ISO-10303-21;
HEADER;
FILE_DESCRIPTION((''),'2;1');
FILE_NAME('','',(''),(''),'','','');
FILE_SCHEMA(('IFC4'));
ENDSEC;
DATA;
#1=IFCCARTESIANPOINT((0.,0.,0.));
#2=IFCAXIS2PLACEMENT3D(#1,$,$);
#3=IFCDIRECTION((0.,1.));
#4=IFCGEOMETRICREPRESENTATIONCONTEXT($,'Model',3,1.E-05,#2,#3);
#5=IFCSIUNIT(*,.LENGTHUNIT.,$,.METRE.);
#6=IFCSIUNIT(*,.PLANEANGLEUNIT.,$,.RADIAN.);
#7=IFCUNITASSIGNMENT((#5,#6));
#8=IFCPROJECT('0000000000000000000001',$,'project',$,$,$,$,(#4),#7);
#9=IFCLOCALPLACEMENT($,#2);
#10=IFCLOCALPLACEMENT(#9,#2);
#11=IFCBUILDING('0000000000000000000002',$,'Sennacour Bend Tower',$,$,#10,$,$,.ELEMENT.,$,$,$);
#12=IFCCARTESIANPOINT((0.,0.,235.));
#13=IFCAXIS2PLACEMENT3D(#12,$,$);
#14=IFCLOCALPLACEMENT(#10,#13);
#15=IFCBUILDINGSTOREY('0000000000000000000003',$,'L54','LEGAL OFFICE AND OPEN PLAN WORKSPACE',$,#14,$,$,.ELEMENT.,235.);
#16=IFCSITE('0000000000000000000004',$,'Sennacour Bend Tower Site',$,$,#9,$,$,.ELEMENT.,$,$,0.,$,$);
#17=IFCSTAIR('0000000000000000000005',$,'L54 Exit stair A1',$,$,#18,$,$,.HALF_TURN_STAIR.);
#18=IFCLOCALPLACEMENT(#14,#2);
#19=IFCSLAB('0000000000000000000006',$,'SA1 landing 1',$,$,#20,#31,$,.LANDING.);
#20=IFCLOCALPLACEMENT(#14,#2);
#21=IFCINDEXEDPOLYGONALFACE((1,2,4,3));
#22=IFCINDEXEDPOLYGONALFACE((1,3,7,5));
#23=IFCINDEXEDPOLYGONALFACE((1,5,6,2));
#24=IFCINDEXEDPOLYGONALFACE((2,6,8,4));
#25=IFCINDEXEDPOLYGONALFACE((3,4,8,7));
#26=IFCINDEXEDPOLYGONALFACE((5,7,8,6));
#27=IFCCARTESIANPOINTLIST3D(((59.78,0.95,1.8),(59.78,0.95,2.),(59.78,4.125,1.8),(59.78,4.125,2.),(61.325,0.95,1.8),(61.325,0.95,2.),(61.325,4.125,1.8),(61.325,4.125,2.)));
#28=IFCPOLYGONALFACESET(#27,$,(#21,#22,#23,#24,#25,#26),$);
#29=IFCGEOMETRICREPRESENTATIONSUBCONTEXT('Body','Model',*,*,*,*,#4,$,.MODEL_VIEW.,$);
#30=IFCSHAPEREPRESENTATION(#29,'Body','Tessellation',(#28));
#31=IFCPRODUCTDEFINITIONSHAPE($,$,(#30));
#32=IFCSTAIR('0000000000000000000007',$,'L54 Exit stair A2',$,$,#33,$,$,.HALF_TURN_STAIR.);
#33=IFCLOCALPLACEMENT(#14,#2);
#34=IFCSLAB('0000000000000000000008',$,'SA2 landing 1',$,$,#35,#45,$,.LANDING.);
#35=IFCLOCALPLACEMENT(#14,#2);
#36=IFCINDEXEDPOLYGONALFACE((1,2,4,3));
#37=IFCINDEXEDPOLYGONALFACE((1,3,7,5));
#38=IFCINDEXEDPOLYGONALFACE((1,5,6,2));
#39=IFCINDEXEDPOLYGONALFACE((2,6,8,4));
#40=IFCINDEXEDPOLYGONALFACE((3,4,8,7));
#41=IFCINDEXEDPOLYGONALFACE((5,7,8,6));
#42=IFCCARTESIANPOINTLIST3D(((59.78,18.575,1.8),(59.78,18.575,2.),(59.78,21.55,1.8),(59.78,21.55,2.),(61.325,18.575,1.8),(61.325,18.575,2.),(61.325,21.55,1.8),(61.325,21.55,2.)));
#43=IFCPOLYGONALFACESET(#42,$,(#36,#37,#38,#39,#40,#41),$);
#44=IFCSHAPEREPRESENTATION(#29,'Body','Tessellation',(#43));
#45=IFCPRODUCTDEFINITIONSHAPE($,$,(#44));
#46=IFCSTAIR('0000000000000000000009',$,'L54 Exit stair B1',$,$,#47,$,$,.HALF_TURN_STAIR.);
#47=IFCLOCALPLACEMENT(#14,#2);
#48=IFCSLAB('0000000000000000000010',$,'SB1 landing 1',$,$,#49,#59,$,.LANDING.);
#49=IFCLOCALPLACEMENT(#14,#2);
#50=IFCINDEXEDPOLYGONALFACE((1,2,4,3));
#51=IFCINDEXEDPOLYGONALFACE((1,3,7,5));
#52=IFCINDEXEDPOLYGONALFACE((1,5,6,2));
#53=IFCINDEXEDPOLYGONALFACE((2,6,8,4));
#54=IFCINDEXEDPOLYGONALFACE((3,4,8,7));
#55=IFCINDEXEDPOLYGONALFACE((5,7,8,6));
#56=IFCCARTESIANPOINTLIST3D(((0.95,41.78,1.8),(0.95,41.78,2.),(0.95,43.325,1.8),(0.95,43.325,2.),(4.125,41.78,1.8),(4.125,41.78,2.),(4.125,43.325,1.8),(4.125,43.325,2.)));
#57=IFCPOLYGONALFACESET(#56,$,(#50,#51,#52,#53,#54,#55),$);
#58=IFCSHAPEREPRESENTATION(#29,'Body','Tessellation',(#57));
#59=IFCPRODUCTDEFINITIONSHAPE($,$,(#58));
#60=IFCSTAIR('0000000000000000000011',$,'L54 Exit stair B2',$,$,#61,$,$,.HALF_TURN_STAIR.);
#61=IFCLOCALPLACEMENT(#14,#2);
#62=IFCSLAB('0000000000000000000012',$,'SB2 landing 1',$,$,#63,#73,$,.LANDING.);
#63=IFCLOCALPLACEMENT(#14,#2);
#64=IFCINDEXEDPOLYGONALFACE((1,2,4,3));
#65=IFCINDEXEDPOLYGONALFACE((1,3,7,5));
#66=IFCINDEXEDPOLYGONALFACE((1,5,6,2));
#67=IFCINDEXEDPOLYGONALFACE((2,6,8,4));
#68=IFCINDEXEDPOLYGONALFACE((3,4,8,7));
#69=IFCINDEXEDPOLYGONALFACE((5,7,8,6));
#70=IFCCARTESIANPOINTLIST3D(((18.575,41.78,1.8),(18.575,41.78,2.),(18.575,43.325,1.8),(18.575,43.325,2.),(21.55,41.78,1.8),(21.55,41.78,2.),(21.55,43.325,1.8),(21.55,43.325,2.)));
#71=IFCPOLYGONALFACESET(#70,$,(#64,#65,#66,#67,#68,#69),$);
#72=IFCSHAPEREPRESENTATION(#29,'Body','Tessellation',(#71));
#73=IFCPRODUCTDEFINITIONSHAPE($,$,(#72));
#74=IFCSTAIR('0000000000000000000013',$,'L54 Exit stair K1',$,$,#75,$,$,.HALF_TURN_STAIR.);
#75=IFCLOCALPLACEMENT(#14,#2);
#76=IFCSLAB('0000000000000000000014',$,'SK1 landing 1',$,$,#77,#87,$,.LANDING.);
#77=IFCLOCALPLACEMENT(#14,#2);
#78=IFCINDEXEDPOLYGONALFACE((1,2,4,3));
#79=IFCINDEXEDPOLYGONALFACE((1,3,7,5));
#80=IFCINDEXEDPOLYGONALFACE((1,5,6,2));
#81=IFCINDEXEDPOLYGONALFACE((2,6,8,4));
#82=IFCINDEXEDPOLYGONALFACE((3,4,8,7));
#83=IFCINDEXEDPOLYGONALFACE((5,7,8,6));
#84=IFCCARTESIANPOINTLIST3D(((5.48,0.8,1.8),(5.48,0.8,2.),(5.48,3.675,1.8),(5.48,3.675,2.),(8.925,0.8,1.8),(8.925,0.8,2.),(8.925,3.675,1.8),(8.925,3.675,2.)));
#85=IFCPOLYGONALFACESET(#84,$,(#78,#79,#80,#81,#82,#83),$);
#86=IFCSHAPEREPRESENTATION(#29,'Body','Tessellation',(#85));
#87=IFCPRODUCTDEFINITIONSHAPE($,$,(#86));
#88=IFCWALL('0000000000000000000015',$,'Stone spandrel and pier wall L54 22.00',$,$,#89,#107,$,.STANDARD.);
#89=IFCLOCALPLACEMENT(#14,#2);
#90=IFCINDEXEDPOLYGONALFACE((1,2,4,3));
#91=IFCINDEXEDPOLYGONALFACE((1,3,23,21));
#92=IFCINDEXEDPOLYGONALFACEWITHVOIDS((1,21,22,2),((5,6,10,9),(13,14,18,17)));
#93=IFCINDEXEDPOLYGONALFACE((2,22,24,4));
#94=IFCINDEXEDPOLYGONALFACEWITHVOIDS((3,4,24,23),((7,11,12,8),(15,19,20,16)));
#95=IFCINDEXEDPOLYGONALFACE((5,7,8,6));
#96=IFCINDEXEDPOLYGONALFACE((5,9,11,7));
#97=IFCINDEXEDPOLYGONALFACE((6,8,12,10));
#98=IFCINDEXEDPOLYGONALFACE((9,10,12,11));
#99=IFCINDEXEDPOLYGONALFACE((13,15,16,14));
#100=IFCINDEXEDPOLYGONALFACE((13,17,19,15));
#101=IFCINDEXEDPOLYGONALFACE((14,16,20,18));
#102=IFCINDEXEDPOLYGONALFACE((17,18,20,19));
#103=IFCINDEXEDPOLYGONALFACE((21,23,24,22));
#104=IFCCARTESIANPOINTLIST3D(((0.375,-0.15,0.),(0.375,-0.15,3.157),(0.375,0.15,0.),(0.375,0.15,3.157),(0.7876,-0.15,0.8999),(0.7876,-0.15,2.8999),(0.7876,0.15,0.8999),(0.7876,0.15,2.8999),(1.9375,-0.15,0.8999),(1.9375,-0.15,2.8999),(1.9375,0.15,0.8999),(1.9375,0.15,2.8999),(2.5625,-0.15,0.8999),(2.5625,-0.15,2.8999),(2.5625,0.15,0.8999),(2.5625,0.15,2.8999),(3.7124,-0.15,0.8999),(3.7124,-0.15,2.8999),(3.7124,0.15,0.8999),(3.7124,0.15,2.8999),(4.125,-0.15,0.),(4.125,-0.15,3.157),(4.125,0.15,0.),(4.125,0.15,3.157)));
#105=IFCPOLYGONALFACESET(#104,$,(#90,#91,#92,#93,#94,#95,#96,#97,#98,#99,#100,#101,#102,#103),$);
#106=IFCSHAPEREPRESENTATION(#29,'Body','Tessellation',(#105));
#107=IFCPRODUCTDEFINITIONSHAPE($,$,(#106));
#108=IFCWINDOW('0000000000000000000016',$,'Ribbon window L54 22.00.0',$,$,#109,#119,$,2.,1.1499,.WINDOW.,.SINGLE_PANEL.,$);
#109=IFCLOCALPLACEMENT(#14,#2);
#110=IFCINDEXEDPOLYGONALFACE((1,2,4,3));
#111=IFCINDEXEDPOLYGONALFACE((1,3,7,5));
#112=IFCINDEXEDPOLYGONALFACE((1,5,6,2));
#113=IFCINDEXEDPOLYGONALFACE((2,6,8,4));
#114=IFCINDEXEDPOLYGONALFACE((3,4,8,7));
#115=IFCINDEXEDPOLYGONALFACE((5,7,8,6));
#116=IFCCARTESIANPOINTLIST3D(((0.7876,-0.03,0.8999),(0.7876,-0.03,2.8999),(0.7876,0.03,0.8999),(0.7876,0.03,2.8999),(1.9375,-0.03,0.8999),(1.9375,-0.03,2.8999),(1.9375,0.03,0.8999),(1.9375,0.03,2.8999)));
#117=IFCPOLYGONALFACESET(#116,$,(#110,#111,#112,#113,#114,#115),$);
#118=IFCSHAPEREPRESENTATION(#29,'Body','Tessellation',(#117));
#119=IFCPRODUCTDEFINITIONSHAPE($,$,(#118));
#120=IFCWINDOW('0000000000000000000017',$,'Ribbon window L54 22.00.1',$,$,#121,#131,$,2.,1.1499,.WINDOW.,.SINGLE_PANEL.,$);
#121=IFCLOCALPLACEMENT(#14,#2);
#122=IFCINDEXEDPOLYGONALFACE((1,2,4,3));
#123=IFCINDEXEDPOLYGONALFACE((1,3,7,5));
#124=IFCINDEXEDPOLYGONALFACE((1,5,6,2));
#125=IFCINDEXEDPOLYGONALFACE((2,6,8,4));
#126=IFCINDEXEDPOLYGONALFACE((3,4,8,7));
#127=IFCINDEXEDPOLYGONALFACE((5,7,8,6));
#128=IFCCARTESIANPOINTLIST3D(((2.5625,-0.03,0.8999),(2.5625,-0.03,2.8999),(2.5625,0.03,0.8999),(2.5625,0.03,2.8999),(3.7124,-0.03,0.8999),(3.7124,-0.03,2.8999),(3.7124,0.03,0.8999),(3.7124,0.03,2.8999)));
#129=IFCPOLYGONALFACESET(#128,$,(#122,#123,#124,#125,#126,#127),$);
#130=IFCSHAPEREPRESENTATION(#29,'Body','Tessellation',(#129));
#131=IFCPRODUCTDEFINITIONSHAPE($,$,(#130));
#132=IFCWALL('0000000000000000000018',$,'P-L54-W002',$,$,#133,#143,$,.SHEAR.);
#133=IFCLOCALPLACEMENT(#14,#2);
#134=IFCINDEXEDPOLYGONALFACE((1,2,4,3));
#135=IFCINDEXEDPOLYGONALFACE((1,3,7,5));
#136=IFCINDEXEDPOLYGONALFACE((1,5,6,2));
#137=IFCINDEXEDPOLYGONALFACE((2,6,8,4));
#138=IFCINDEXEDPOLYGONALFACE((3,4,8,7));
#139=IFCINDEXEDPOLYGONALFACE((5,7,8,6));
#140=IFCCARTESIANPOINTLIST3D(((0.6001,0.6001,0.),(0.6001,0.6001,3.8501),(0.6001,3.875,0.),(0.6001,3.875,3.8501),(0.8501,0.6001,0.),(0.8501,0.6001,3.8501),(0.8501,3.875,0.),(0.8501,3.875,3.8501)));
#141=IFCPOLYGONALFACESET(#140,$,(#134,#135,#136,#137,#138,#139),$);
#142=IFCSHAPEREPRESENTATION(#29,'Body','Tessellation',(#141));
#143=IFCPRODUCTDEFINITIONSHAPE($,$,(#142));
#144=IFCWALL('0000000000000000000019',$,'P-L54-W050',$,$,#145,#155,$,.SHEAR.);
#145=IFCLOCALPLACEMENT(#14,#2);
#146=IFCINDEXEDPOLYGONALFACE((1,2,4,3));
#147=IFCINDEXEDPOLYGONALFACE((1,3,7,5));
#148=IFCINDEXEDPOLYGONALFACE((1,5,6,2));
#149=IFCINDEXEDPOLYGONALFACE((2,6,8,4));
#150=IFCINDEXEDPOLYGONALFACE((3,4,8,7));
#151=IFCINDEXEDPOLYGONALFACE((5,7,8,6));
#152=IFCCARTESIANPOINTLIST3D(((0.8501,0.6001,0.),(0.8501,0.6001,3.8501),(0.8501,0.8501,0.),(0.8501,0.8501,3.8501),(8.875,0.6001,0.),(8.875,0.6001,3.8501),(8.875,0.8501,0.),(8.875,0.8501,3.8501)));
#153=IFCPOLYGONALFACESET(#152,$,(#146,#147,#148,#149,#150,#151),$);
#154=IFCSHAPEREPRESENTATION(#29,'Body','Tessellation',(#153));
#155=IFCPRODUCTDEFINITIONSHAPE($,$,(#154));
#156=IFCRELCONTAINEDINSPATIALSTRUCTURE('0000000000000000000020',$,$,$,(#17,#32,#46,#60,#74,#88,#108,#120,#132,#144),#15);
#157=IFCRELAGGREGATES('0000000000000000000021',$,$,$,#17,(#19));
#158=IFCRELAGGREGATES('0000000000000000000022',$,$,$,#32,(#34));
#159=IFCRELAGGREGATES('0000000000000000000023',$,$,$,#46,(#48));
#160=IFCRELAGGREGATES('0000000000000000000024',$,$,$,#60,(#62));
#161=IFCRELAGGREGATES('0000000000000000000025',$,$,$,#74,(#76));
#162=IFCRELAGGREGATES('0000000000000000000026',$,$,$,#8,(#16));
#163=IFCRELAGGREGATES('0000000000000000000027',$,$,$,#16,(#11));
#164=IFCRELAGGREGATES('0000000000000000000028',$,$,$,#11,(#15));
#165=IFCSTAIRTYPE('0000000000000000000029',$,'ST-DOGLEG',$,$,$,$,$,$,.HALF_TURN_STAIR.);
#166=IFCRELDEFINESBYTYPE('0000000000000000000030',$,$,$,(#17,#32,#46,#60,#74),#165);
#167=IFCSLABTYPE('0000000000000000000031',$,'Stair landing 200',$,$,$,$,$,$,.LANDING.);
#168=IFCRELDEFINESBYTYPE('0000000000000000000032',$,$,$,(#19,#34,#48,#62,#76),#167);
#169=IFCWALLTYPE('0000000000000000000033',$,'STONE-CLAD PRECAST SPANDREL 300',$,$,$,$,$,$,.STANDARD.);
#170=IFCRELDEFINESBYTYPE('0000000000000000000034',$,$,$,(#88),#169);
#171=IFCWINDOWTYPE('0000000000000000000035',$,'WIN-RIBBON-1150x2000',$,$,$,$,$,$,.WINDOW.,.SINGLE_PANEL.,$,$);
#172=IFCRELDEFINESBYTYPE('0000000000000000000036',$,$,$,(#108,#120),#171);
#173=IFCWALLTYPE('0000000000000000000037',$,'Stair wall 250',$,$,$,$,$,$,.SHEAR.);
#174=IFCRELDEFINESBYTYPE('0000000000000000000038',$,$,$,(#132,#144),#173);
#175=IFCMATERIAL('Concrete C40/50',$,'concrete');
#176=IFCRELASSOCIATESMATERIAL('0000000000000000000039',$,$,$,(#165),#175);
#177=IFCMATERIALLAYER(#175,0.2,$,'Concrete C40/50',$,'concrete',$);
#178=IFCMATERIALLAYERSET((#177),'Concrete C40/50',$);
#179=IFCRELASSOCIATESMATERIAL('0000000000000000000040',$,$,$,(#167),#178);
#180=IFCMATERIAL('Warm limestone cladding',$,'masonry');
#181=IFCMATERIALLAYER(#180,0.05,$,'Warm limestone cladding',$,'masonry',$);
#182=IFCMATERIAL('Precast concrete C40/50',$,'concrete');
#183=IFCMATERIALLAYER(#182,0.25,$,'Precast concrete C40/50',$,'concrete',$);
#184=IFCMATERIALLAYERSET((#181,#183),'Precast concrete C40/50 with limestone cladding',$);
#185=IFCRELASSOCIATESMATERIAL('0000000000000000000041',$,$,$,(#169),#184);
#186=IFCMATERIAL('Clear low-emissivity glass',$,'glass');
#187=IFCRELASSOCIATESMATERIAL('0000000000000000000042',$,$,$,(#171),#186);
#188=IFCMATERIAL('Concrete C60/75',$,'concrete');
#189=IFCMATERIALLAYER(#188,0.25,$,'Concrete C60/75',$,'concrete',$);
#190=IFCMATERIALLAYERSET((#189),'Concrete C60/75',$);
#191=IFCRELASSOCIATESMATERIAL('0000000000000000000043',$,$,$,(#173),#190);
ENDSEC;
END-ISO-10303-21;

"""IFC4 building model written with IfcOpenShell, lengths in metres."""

from ifc_helpers import new_model, si_unit, direction, frame, frame_2d, origin, place, context, subcontext, project, spatial, polyline, rectangle, outline, extrude, material, layer, layer_set, type_object, element, fill, aggregate, save


model = new_model("IFC4")

# Units and contexts
model_context = context("Model", 3, precision=1e-05, world=origin(), true_north=direction((0.0, 1.0)))
body_context = subcontext(model_context, "Body", "Model", "MODEL_VIEW")
ifc_project = project(units=[si_unit("LENGTHUNIT", "METRE"), si_unit("PLANEANGLEUNIT", "RADIAN")], contexts=[model_context])

# Site, building, storey
site_placement = place(None, origin())
site = spatial("IfcSite", under=ifc_project, at=site_placement, Name="Sennacour Bend Tower Site", CompositionType="ELEMENT", RefElevation=0.0)
building_placement = place(site_placement, origin())
building = spatial("IfcBuilding", under=site, at=building_placement, Name="Sennacour Bend Tower", CompositionType="ELEMENT")
storey_placement = place(building_placement, frame((0.0, 0.0, 235.0)))
storey = spatial("IfcBuildingStorey", under=building, at=storey_placement, Name="L54", Description="LEGAL OFFICE AND OPEN PLAN WORKSPACE", CompositionType="ELEMENT", Elevation=235.0)

# Shared definitions
ifc_material_1 = material(Name="Concrete C40/50", Category="concrete")

# Stairs, slabs
stair_type = type_object("IfcStairType", Name="ST-DOGLEG", PredefinedType="HALF_TURN_STAIR", material=ifc_material_1)
stair_1_placement = place(storey_placement, origin())
stair_1 = element("IfcStair", 1, at=stair_1_placement, inside=storey, type_object=stair_type, Name="L54 Exit stair A1", PredefinedType="HALF_TURN_STAIR")
ifc_layer_1 = layer(ifc_material_1, 0.2, Name="Concrete C40/50", Category="concrete")
ifc_layer_set_1 = layer_set([ifc_layer_1], Name="Concrete C40/50")
slab_type_1 = type_object("IfcSlabType", Name="Stair landing 200", PredefinedType="LANDING", material=ifc_layer_set_1)
slab_1_placement = place(storey_placement, frame((0.0, 0.0, 1.8)))
slab_1 = element("IfcSlab", 2, at=slab_1_placement, type_object=slab_type_1, Name="SA1 landing 1", PredefinedType="LANDING", context=body_context, shape_type="SweptSolid", body=[
    extrude(outline(polyline([(59.78, 0.95), (61.325, 0.95), (61.325, 4.125), (59.78, 4.125), (59.78, 0.95)])), origin(), (0.0, 0.0, 1.0), 0.2),
])
aggregate(stair_1, [slab_1])
stair_2_placement = place(storey_placement, origin())
stair_2 = element("IfcStair", 3, at=stair_2_placement, inside=storey, type_object=stair_type, Name="L54 Exit stair A2", PredefinedType="HALF_TURN_STAIR")
slab_2_placement = place(storey_placement, frame((0.0, 0.0, 1.8)))
slab_2 = element("IfcSlab", 4, at=slab_2_placement, type_object=slab_type_1, Name="SA2 landing 1", PredefinedType="LANDING", context=body_context, shape_type="SweptSolid", body=[
    extrude(outline(polyline([(59.78, 18.575), (61.325, 18.575), (61.325, 21.55), (59.78, 21.55), (59.78, 18.575)])), origin(), (0.0, 0.0, 1.0), 0.2),
])
aggregate(stair_2, [slab_2])
stair_3_placement = place(storey_placement, origin())
stair_3 = element("IfcStair", 5, at=stair_3_placement, inside=storey, type_object=stair_type, Name="L54 Exit stair B1", PredefinedType="HALF_TURN_STAIR")
slab_3_placement = place(storey_placement, frame((0.0, 0.0, 1.8)))
slab_3 = element("IfcSlab", 6, at=slab_3_placement, type_object=slab_type_1, Name="SB1 landing 1", PredefinedType="LANDING", context=body_context, shape_type="SweptSolid", body=[
    extrude(outline(polyline([(0.95, 41.78), (4.125, 41.78), (4.125, 43.325), (0.95, 43.325), (0.95, 41.78)])), origin(), (0.0, 0.0, 1.0), 0.2),
])
aggregate(stair_3, [slab_3])
stair_4_placement = place(storey_placement, origin())
stair_4 = element("IfcStair", 7, at=stair_4_placement, inside=storey, type_object=stair_type, Name="L54 Exit stair B2", PredefinedType="HALF_TURN_STAIR")
slab_4_placement = place(storey_placement, frame((0.0, 0.0, 1.8)))
slab_4 = element("IfcSlab", 8, at=slab_4_placement, type_object=slab_type_1, Name="SB2 landing 1", PredefinedType="LANDING", context=body_context, shape_type="SweptSolid", body=[
    extrude(outline(polyline([(18.575, 41.78), (21.55, 41.78), (21.55, 43.325), (18.575, 43.325), (18.575, 41.78)])), origin(), (0.0, 0.0, 1.0), 0.2),
])
aggregate(stair_4, [slab_4])
stair_5_placement = place(storey_placement, origin())
stair_5 = element("IfcStair", 9, at=stair_5_placement, inside=storey, type_object=stair_type, Name="L54 Exit stair K1", PredefinedType="HALF_TURN_STAIR")
slab_5_placement = place(storey_placement, frame((0.0, 0.0, 1.8)))
slab_5 = element("IfcSlab", 10, at=slab_5_placement, type_object=slab_type_1, Name="SK1 landing 1", PredefinedType="LANDING", context=body_context, shape_type="SweptSolid", body=[
    extrude(outline(polyline([(5.48, 0.8), (8.925, 0.8), (8.925, 3.675), (5.48, 3.675), (5.48, 0.8)])), origin(), (0.0, 0.0, 1.0), 0.2),
])
aggregate(stair_5, [slab_5])

# Wall, openings, windows
ifc_material_2 = material(Name="Warm limestone cladding", Category="masonry")
ifc_layer_2 = layer(ifc_material_2, 0.05, Name="Warm limestone cladding", Category="masonry")
ifc_material_3 = material(Name="Precast concrete C40/50", Category="concrete")
ifc_layer_3 = layer(ifc_material_3, 0.25, Name="Precast concrete C40/50", Category="concrete")
ifc_layer_set_2 = layer_set([ifc_layer_2, ifc_layer_3], Name="Precast concrete C40/50 with limestone cladding")
wall_type_1 = type_object("IfcWallType", Name="STONE-CLAD PRECAST SPANDREL 300", PredefinedType="STANDARD", material=ifc_layer_set_2)
wall_1_placement = place(storey_placement, frame((0.375, 0.0, 0.0), z_axis=(0.0, 0.0, 1.0), x_axis=(1.0, 0.0, 0.0)))
wall_1 = element("IfcWall", 11, at=wall_1_placement, inside=storey, type_object=wall_type_1, Name="Stone spandrel and pier wall L54 22.00", PredefinedType="STANDARD", context=body_context, shape_type="SweptSolid", body=[
    extrude(rectangle(XDim=3.75, YDim=0.3, at=frame_2d((1.875, 0.0))), origin(), (0.0, 0.0, 1.0), 3.157),
])
opening_1_placement = place(wall_1_placement, frame((0.4126, 0.0, 0.8999)))
opening_1 = element("IfcOpeningElement", 12, at=opening_1_placement, cuts=wall_1, PredefinedType="OPENING", context=body_context, shape_type="SweptSolid", body=[
    extrude(rectangle(XDim=1.1499, YDim=2.0, at=frame_2d((0.575, 1.0))), frame((0.0, 0.1602, 0.0), z_axis=(0.0, -1.0, 0.0), x_axis=(1.0, 0.0, 0.0)), (0.0, 0.0, 1.0), 0.3201),
])
opening_2_placement = place(wall_1_placement, frame((2.1875, 0.0, 0.8999)))
opening_2 = element("IfcOpeningElement", 13, at=opening_2_placement, cuts=wall_1, PredefinedType="OPENING", context=body_context, shape_type="SweptSolid", body=[
    extrude(rectangle(XDim=1.1499, YDim=2.0, at=frame_2d((0.575, 1.0))), frame((0.0, 0.1602, 0.0), z_axis=(0.0, -1.0, 0.0), x_axis=(1.0, 0.0, 0.0)), (0.0, 0.0, 1.0), 0.3201),
])
ifc_material_4 = material(Name="Clear low-emissivity glass", Category="glass")
window_type = type_object("IfcWindowType", Name="WIN-RIBBON-1150x2000", PartitioningType="SINGLE_PANEL", PredefinedType="WINDOW", material=ifc_material_4)
window_1_placement = place(opening_1_placement, origin())
window_1 = element("IfcWindow", 14, at=window_1_placement, inside=storey, type_object=window_type, Name="Ribbon window L54 22.00.0", OverallHeight=2.0, OverallWidth=1.1499, PartitioningType="SINGLE_PANEL", PredefinedType="WINDOW", context=body_context, shape_type="SweptSolid", body=[
    extrude(rectangle(XDim=1.1499, YDim=2.0, at=frame_2d((0.575, 1.0))), frame((0.0, 0.03, 0.0), z_axis=(0.0, -1.0, 0.0), x_axis=(1.0, 0.0, 0.0)), (0.0, 0.0, 1.0), 0.0601),
])
fill(opening_1, window_1)
window_2_placement = place(opening_2_placement, origin())
window_2 = element("IfcWindow", 15, at=window_2_placement, inside=storey, type_object=window_type, Name="Ribbon window L54 22.00.1", OverallHeight=2.0, OverallWidth=1.1499, PartitioningType="SINGLE_PANEL", PredefinedType="WINDOW", context=body_context, shape_type="SweptSolid", body=[
    extrude(rectangle(XDim=1.1499, YDim=2.0, at=frame_2d((0.575, 1.0))), frame((0.0, 0.03, 0.0), z_axis=(0.0, -1.0, 0.0), x_axis=(1.0, 0.0, 0.0)), (0.0, 0.0, 1.0), 0.0601),
])
fill(opening_2, window_2)

# Walls
ifc_material_5 = material(Name="Concrete C60/75", Category="concrete")
ifc_layer_4 = layer(ifc_material_5, 0.25, Name="Concrete C60/75", Category="concrete")
ifc_layer_set_3 = layer_set([ifc_layer_4], Name="Concrete C60/75")
wall_type_2 = type_object("IfcWallType", Name="Stair wall 250", PredefinedType="SHEAR", material=ifc_layer_set_3)
wall_2_placement = place(storey_placement, frame((0.7251, 0.6001, 0.0), z_axis=(0.0, 0.0, 1.0), x_axis=(0.0, 1.0, 0.0)))
element("IfcWall", 16, at=wall_2_placement, inside=storey, type_object=wall_type_2, Name="P-L54-W002", PredefinedType="SHEAR", context=body_context, shape_type="SweptSolid", body=[
    extrude(rectangle(XDim=3.2749, YDim=0.25, at=frame_2d((1.6375, 0.0))), origin(), (0.0, 0.0, 1.0), 3.8501),
])
wall_3_placement = place(storey_placement, frame((0.8501, 0.7251, 0.0), z_axis=(0.0, 0.0, 1.0), x_axis=(1.0, 0.0, 0.0)))
element("IfcWall", 17, at=wall_3_placement, inside=storey, type_object=wall_type_2, Name="P-L54-W050", PredefinedType="SHEAR", context=body_context, shape_type="SweptSolid", body=[
    extrude(rectangle(XDim=8.0249, YDim=0.25, at=frame_2d((4.0125, 0.0))), origin(), (0.0, 0.0, 1.0), 3.8501),
])

save(model, "model.ifc")
